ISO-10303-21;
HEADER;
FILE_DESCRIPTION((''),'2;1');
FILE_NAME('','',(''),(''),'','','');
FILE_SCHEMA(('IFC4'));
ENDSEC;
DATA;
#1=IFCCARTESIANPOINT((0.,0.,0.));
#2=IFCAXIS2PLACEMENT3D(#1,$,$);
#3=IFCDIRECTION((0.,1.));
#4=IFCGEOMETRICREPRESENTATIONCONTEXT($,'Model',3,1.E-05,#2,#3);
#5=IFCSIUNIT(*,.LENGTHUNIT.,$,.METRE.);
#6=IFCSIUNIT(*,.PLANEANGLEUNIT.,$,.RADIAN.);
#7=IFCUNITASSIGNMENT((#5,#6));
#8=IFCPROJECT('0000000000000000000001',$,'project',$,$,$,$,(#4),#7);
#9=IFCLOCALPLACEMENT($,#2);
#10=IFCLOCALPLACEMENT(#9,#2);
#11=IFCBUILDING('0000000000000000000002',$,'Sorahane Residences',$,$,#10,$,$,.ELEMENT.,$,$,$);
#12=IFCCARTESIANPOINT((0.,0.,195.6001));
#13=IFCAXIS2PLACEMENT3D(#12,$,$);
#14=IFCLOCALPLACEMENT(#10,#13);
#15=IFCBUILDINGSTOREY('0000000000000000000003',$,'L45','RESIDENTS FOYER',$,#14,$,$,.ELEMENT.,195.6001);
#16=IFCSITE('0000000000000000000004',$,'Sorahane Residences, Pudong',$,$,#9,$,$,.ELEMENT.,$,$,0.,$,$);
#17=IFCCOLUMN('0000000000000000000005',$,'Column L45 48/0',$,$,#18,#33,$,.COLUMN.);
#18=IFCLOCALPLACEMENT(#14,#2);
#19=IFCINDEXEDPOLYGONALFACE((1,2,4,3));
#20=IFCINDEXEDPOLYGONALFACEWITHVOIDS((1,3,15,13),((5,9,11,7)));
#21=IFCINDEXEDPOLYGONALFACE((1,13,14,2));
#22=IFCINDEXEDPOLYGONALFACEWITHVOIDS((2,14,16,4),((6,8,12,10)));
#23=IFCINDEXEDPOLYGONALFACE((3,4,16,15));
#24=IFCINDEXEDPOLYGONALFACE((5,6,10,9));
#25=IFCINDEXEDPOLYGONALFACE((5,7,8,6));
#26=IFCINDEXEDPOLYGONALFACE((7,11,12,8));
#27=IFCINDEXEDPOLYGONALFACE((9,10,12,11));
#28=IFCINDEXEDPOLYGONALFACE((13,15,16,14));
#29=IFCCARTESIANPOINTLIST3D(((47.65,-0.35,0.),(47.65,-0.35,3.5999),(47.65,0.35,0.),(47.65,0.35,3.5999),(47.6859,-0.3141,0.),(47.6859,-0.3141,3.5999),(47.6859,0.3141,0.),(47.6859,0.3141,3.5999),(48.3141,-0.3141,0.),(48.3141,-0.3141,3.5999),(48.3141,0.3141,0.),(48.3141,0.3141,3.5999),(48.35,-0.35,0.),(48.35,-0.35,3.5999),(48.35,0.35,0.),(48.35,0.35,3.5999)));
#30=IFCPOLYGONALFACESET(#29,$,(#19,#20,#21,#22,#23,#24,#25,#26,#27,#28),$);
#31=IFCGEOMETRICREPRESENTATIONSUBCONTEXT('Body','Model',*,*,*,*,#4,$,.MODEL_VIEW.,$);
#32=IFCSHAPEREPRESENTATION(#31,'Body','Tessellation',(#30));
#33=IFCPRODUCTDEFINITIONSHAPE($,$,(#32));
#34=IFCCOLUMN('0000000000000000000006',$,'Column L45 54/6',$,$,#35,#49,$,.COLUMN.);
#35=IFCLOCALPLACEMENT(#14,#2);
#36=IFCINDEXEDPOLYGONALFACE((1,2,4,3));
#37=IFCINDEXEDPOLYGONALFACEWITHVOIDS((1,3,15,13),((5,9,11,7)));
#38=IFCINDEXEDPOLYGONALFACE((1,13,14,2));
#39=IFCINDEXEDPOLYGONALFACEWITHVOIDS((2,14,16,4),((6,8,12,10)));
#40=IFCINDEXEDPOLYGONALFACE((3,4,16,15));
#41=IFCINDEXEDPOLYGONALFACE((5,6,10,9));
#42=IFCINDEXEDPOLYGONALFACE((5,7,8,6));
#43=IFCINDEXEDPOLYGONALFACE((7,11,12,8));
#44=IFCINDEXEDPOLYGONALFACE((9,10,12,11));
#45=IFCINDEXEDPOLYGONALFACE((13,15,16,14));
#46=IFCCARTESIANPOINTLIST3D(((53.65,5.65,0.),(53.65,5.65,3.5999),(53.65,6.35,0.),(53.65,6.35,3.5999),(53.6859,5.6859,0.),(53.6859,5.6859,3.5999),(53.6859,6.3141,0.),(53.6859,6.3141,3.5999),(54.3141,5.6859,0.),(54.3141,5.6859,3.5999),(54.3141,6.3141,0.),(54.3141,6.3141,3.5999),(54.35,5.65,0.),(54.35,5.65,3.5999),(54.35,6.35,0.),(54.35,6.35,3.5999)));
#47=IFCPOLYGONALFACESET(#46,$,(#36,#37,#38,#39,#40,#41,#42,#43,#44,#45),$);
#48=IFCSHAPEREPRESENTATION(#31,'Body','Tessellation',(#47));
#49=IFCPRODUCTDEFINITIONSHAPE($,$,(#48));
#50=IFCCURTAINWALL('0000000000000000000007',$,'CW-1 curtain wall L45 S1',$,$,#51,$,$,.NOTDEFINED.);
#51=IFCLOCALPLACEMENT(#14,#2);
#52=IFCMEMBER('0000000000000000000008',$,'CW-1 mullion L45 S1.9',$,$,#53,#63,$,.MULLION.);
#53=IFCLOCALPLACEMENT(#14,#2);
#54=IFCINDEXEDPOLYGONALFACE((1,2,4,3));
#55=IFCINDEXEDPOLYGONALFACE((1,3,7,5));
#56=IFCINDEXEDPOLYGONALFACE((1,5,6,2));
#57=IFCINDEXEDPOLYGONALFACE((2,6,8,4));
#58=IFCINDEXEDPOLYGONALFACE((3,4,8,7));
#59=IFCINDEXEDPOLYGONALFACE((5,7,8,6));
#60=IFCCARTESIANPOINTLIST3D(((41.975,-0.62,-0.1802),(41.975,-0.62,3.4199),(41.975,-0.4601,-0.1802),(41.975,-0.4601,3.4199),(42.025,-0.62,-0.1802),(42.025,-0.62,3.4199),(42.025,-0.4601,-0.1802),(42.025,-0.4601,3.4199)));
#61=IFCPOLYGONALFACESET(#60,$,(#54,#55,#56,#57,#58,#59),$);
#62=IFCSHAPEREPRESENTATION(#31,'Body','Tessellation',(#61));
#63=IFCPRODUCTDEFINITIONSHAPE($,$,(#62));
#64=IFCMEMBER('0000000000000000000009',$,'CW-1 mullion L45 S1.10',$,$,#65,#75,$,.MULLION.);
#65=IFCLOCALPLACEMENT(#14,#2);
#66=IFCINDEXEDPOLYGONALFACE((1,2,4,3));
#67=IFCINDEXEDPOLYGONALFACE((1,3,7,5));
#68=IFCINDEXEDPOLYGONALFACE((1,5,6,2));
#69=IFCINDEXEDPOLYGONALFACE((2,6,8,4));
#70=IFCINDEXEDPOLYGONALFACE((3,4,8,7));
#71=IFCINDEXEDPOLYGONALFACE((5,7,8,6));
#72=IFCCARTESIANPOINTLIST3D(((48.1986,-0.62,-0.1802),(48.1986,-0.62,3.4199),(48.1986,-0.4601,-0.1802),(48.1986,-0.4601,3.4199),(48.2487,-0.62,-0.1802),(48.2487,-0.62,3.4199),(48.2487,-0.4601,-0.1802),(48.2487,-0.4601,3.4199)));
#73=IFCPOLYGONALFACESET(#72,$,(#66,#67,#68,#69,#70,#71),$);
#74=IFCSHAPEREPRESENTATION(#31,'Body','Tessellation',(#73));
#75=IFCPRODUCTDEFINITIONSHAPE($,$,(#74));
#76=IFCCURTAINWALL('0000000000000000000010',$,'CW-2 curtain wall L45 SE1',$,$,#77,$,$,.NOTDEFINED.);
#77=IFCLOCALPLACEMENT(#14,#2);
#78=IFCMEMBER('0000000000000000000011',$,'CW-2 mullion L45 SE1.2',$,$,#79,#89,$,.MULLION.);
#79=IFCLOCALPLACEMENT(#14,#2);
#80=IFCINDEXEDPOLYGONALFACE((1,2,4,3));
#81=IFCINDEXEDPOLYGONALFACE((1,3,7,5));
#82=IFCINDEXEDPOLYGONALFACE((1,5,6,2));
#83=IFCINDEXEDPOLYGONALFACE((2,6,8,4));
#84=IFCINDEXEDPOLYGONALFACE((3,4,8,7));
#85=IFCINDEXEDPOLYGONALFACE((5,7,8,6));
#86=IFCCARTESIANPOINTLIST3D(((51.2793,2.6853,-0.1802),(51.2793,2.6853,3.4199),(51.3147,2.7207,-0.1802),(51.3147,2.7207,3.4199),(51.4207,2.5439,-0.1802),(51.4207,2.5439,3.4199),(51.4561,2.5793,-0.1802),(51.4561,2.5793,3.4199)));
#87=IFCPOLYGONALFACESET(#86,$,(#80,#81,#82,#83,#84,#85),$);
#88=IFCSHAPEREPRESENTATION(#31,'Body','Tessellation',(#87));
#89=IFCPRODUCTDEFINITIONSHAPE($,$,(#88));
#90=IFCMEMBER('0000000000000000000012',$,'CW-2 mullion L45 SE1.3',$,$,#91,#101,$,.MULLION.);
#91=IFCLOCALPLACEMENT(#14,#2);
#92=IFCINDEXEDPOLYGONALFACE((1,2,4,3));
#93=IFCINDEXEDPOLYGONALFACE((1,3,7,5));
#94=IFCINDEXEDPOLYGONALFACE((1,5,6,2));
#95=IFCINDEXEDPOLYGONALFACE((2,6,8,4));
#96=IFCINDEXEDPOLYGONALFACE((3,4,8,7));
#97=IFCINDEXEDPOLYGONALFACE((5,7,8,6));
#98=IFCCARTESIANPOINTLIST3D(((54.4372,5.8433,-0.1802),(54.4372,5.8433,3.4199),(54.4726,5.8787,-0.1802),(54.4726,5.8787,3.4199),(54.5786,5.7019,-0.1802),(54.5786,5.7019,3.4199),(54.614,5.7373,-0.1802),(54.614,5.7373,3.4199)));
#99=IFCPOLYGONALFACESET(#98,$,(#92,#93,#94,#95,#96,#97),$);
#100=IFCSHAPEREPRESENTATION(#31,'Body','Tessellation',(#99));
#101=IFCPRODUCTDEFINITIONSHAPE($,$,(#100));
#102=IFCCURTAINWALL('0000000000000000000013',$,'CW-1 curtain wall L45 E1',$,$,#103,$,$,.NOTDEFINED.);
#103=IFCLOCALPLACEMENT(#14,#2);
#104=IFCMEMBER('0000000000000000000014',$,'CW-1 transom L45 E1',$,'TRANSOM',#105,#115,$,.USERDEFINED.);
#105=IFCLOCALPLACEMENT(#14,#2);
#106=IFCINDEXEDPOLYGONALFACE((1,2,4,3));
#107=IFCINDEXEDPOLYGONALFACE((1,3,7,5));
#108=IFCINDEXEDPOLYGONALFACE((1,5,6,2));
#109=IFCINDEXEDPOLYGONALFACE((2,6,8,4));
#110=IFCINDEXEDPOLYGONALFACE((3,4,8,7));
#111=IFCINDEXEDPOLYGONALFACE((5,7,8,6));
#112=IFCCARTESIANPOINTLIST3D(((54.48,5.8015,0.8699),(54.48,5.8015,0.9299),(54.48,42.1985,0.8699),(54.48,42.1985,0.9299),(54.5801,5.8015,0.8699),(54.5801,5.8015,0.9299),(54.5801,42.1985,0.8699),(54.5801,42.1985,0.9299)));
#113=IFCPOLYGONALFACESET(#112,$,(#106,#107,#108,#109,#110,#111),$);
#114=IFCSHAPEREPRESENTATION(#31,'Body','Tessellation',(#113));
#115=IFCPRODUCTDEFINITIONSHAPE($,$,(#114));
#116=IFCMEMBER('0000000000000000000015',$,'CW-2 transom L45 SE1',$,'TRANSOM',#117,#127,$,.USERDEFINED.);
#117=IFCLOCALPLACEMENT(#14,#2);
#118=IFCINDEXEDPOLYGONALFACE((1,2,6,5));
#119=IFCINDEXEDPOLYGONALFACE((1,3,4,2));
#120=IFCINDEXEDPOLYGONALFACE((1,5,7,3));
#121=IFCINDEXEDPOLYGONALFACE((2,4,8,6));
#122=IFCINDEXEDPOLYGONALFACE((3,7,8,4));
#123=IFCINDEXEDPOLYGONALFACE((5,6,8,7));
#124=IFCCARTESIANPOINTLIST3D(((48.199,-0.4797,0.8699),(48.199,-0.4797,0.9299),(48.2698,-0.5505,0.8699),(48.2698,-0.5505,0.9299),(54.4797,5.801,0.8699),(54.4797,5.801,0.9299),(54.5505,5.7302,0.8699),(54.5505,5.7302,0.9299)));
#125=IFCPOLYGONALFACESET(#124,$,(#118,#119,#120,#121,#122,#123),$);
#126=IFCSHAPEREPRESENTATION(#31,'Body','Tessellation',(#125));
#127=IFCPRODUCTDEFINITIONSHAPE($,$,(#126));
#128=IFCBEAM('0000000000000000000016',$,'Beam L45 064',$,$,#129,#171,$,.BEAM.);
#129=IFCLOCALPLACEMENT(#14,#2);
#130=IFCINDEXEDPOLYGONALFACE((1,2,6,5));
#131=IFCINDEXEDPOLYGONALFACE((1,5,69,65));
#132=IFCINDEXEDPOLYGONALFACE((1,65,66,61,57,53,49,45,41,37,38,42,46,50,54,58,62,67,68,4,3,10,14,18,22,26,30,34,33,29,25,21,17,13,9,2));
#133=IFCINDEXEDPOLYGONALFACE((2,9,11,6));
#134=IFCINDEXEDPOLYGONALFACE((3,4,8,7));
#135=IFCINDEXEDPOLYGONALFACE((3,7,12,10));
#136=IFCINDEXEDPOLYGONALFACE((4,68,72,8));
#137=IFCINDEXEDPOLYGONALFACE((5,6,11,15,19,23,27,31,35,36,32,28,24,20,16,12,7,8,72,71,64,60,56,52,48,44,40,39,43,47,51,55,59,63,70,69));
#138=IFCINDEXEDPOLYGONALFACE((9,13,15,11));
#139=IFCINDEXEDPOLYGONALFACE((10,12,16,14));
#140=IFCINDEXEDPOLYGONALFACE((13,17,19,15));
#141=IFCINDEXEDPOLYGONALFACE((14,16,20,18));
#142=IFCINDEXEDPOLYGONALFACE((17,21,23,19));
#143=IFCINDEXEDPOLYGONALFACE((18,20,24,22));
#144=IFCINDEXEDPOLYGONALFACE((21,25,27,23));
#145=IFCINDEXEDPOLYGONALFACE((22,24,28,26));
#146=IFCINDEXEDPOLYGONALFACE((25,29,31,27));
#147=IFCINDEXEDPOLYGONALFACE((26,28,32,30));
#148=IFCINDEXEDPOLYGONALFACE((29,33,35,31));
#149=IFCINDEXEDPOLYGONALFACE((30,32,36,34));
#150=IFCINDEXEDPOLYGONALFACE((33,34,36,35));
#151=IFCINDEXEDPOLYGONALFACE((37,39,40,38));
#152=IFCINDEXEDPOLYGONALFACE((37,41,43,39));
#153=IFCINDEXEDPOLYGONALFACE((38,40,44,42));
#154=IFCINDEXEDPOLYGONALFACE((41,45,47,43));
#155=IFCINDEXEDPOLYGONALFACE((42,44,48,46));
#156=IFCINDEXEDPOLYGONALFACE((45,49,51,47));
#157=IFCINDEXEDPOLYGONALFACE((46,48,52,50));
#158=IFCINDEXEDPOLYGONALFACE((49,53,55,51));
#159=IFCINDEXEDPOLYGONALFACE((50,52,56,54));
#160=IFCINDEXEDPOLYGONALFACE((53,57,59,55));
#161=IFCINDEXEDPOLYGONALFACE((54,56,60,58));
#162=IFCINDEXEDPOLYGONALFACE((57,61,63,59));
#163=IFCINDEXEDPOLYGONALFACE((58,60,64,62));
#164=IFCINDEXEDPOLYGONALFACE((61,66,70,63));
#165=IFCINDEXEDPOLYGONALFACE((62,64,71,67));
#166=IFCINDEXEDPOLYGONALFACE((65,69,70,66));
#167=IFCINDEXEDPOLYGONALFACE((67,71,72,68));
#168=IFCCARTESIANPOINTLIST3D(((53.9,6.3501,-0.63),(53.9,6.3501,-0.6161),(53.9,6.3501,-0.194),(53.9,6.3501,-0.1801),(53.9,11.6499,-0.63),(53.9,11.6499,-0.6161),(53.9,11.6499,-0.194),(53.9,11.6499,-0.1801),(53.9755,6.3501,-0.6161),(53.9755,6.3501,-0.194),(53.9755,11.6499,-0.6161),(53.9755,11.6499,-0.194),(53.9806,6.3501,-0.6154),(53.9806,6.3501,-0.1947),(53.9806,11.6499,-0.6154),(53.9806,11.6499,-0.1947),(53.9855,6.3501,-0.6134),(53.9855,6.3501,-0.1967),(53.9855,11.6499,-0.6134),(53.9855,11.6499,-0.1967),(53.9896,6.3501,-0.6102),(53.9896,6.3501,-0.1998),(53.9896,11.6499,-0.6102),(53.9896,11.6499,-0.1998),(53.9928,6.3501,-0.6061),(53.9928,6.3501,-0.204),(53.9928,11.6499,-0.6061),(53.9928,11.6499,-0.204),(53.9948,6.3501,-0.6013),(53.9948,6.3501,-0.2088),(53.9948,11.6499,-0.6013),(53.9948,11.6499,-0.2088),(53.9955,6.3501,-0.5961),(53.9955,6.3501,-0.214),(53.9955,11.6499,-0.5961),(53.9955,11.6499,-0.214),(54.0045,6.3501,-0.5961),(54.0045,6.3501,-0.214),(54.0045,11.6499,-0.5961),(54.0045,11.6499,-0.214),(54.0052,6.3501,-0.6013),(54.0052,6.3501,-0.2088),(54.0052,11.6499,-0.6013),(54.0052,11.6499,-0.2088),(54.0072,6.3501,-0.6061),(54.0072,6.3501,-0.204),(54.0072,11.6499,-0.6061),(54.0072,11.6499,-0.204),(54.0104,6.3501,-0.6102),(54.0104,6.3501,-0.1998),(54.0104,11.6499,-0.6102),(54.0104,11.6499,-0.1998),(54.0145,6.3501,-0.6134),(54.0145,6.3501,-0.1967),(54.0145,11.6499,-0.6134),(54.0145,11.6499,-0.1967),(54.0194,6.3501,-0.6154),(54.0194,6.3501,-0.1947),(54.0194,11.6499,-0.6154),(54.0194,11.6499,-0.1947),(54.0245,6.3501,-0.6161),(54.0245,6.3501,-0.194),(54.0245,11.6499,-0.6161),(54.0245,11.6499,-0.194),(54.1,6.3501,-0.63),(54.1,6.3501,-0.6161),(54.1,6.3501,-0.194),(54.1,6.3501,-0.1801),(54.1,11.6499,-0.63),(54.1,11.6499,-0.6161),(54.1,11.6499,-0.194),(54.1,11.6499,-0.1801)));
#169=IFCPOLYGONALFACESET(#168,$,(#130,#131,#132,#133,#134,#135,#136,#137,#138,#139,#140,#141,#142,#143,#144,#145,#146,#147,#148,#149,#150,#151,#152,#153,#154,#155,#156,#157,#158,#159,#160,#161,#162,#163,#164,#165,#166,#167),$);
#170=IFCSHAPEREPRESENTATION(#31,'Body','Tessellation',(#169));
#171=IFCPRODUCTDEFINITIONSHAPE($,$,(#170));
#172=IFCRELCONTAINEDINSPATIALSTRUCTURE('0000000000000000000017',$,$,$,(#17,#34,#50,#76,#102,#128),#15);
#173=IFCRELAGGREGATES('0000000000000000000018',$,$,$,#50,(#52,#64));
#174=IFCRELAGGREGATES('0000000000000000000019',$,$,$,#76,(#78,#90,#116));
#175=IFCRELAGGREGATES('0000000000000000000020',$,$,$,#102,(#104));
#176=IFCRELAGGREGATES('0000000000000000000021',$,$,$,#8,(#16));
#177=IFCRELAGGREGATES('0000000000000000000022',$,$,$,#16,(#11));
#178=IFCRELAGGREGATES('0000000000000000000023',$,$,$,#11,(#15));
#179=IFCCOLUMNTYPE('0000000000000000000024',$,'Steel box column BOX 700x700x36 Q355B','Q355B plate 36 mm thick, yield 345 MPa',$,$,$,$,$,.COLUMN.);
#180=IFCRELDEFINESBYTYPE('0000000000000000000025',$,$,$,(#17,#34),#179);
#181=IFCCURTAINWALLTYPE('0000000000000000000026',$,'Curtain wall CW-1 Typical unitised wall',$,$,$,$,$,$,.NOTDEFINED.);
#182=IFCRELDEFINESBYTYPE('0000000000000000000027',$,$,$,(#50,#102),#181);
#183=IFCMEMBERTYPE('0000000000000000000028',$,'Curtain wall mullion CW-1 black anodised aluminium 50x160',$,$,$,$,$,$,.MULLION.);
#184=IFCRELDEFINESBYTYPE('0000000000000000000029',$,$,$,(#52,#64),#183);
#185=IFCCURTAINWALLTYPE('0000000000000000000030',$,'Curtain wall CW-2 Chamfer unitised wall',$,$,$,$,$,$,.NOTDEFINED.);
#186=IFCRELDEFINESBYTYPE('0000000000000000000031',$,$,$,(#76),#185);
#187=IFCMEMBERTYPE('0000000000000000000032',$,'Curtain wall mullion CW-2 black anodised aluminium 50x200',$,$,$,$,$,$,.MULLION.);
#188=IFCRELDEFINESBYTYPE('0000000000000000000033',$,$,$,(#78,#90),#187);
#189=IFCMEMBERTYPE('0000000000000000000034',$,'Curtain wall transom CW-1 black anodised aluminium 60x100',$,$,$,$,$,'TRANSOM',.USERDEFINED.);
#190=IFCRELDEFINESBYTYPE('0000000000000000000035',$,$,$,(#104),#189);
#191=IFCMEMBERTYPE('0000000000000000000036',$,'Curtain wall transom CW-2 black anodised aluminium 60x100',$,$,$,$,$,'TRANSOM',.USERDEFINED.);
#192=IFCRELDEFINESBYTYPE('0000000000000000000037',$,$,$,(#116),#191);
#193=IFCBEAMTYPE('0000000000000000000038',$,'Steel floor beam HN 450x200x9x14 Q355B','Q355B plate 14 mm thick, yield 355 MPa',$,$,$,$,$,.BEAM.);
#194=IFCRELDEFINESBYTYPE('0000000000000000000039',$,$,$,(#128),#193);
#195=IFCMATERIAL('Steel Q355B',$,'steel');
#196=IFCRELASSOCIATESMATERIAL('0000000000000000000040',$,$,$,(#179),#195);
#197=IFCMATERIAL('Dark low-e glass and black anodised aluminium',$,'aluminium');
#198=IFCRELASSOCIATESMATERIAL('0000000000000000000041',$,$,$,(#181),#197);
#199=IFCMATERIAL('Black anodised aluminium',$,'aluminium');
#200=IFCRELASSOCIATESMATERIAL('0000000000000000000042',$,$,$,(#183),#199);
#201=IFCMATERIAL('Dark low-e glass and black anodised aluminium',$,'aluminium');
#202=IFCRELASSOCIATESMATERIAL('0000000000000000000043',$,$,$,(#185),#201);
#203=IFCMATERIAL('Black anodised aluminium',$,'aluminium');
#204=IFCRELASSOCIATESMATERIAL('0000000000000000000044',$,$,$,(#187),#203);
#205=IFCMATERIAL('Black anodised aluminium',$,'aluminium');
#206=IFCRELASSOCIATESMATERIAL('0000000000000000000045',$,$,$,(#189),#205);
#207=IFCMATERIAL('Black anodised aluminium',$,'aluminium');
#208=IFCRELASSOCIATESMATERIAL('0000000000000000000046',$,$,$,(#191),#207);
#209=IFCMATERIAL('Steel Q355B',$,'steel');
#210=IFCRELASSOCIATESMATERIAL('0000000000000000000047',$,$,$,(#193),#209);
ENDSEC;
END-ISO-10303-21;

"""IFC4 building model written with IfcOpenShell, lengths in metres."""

from ifc_helpers import new_model, si_unit, direction, frame, origin, origin_2d, place, context, subcontext, project, spatial, rectangle, hollow_rectangle, i_section, extrude, material, material_profile, profile_set, type_object, element, aggregate, save


model = new_model("IFC4")

# Units and contexts
model_context = context("Model", 3, precision=1e-05, world=origin(), true_north=direction((0.0, 1.0)))
body_context = subcontext(model_context, "Body", "Model", "MODEL_VIEW")
ifc_project = project(units=[si_unit("LENGTHUNIT", "METRE"), si_unit("PLANEANGLEUNIT", "RADIAN")], contexts=[model_context])

# Site, building, storey
site_placement = place(None, origin())
site = spatial("IfcSite", under=ifc_project, at=site_placement, Name="Sorahane Residences, Pudong", CompositionType="ELEMENT", RefElevation=0.0)
building_placement = place(site_placement, origin())
building = spatial("IfcBuilding", under=site, at=building_placement, Name="Sorahane Residences", CompositionType="ELEMENT")
storey_placement = place(building_placement, frame((0.0, 0.0, 195.6001)))
storey = spatial("IfcBuildingStorey", under=building, at=storey_placement, Name="L45", Description="RESIDENTS FOYER", CompositionType="ELEMENT", Elevation=195.6001)

# Columns
ifc_material_1 = material(Name="Steel Q355B", Category="steel")
ifc_material_profile_1 = material_profile(ifc_material_1, hollow_rectangle(XDim=0.7, YDim=0.7, WallThickness=0.0359, at=origin_2d()), Name="BOX 700x700x36")
ifc_profile_set_1 = profile_set([ifc_material_profile_1], Name="Steel Q355B")
column_type = type_object("IfcColumnType", Name="Steel box column BOX 700x700x36 Q355B", Description="Q355B plate 36 mm thick, yield 345 MPa", PredefinedType="COLUMN", material=ifc_profile_set_1)
for number, where, z_axis, x_axis, name in (
    (1, (48.0, 0.0, 0.0), (0.0, 0.0, 1.0), (1.0, 0.0, 0.0), "Column L45 48/0"),
    (2, (54.0, 6.0, 0.0), (0.0, 0.0, 1.0), (1.0, 0.0, 0.0), "Column L45 54/6"),
):
    element("IfcColumn", number, at=place(storey_placement, frame(where, z_axis=z_axis, x_axis=x_axis)), inside=storey, type_object=column_type, Name=name, PredefinedType="COLUMN", context=body_context, shape_type="SweptSolid", body=[
        extrude(hollow_rectangle(XDim=0.7, YDim=0.7, WallThickness=0.0359, at=origin_2d()), origin(), (0.0, 0.0, 1.0), 3.5999),
    ])

# Curtain walls, members
ifc_material_2 = material(Name="Dark low-e glass and black anodised aluminium", Category="aluminium")
curtain_wall_type_1 = type_object("IfcCurtainWallType", Name="Curtain wall CW-1 Typical unitised wall", PredefinedType="NOTDEFINED", material=ifc_material_2)
curtain_wall_1_placement = place(storey_placement, origin())
curtain_wall_1 = element("IfcCurtainWall", 3, at=curtain_wall_1_placement, inside=storey, type_object=curtain_wall_type_1, Name="CW-1 curtain wall L45 S1", PredefinedType="NOTDEFINED")
ifc_material_3 = material(Name="Black anodised aluminium", Category="aluminium")
ifc_material_profile_2 = material_profile(ifc_material_3, rectangle(XDim=0.1599, YDim=0.05, at=origin_2d()), Name="Curtain wall mullion CW-1 black anodised aluminium 50x160")
ifc_profile_set_2 = profile_set([ifc_material_profile_2], Name="Black anodised aluminium")
member_type_1 = type_object("IfcMemberType", Name="Curtain wall mullion CW-1 black anodised aluminium 50x160", PredefinedType="MULLION", material=ifc_profile_set_2)
member_1_placement = place(storey_placement, frame((42.0, -0.54, -0.1802), z_axis=(0.0, 0.0, 1.0), x_axis=(0.0, -1.0, 0.0)))
member_1 = element("IfcMember", 4, at=member_1_placement, type_object=member_type_1, Name="CW-1 mullion L45 S1.9", PredefinedType="MULLION", context=body_context, shape_type="SweptSolid", body=[
    extrude(rectangle(XDim=0.1599, YDim=0.05, at=origin_2d()), origin(), (0.0, 0.0, 1.0), 3.6001),
])
member_2_placement = place(storey_placement, frame((48.2236, -0.54, -0.1802), z_axis=(0.0, 0.0, 1.0), x_axis=(0.0, -1.0, 0.0)))
member_2 = element("IfcMember", 5, at=member_2_placement, type_object=member_type_1, Name="CW-1 mullion L45 S1.10", PredefinedType="MULLION", context=body_context, shape_type="SweptSolid", body=[
    extrude(rectangle(XDim=0.1599, YDim=0.05, at=origin_2d()), origin(), (0.0, 0.0, 1.0), 3.6001),
])
ifc_material_4 = material(Name="Dark low-e glass and black anodised aluminium", Category="aluminium")
curtain_wall_type_2 = type_object("IfcCurtainWallType", Name="Curtain wall CW-2 Chamfer unitised wall", PredefinedType="NOTDEFINED", material=ifc_material_4)
curtain_wall_2_placement = place(storey_placement, origin())
curtain_wall_2 = element("IfcCurtainWall", 6, at=curtain_wall_2_placement, inside=storey, type_object=curtain_wall_type_2, Name="CW-2 curtain wall L45 SE1", PredefinedType="NOTDEFINED")
ifc_material_5 = material(Name="Black anodised aluminium", Category="aluminium")
ifc_material_profile_3 = material_profile(ifc_material_5, rectangle(XDim=0.2, YDim=0.05, at=origin_2d()), Name="Curtain wall mullion CW-2 black anodised aluminium 50x200")
ifc_profile_set_3 = profile_set([ifc_material_profile_3], Name="Black anodised aluminium")
member_type_2 = type_object("IfcMemberType", Name="Curtain wall mullion CW-2 black anodised aluminium 50x200", PredefinedType="MULLION", material=ifc_profile_set_3)
member_3_placement = place(storey_placement, frame((51.3677, 2.6323, -0.1802), z_axis=(0.0, 0.0, 1.0), x_axis=(0.707107, -0.707107, 0.0)))
member_3 = element("IfcMember", 7, at=member_3_placement, type_object=member_type_2, Name="CW-2 mullion L45 SE1.2", PredefinedType="MULLION", context=body_context, shape_type="SweptSolid", body=[
    extrude(rectangle(XDim=0.2, YDim=0.05, at=origin_2d()), origin(), (0.0, 0.0, 1.0), 3.6001),
])
member_4_placement = place(storey_placement, frame((54.5256, 5.7903, -0.1802), z_axis=(0.0, 0.0, 1.0), x_axis=(0.707107, -0.707107, 0.0)))
member_4 = element("IfcMember", 8, at=member_4_placement, type_object=member_type_2, Name="CW-2 mullion L45 SE1.3", PredefinedType="MULLION", context=body_context, shape_type="SweptSolid", body=[
    extrude(rectangle(XDim=0.2, YDim=0.05, at=origin_2d()), origin(), (0.0, 0.0, 1.0), 3.6001),
])

# Curtain wall, member
curtain_wall_3_placement = place(storey_placement, origin())
curtain_wall_3 = element("IfcCurtainWall", 9, at=curtain_wall_3_placement, inside=storey, type_object=curtain_wall_type_1, Name="CW-1 curtain wall L45 E1", PredefinedType="NOTDEFINED")
ifc_material_6 = material(Name="Black anodised aluminium", Category="aluminium")
ifc_material_profile_4 = material_profile(ifc_material_6, rectangle(XDim=0.1001, YDim=0.0601, at=origin_2d()), Name="Curtain wall transom CW-1 black anodised aluminium 60x100")
ifc_profile_set_4 = profile_set([ifc_material_profile_4], Name="Black anodised aluminium")
member_type_3 = type_object("IfcMemberType", Name="Curtain wall transom CW-1 black anodised aluminium 60x100", ElementType="TRANSOM", PredefinedType="USERDEFINED", material=ifc_profile_set_4)
member_5_placement = place(storey_placement, frame((54.53, 5.8015, 0.8999), z_axis=(0.0, 1.0, 0.0), x_axis=(-1.0, 0.0, 0.0)))
member_5 = element("IfcMember", 10, at=member_5_placement, type_object=member_type_3, Name="CW-1 transom L45 E1", ObjectType="TRANSOM", PredefinedType="USERDEFINED", context=body_context, shape_type="SweptSolid", body=[
    extrude(rectangle(XDim=0.1001, YDim=0.0601, at=origin_2d()), origin(), (0.0, 0.0, 1.0), 36.397),
])

# Member
ifc_material_7 = material(Name="Black anodised aluminium", Category="aluminium")
ifc_material_profile_5 = material_profile(ifc_material_7, rectangle(XDim=0.1001, YDim=0.0601, at=origin_2d()), Name="Curtain wall transom CW-2 black anodised aluminium 60x100")
ifc_profile_set_5 = profile_set([ifc_material_profile_5], Name="Black anodised aluminium")
member_type_4 = type_object("IfcMemberType", Name="Curtain wall transom CW-2 black anodised aluminium 60x100", ElementType="TRANSOM", PredefinedType="USERDEFINED", material=ifc_profile_set_5)
member_6_placement = place(storey_placement, frame((48.2344, -0.5151, 0.8999), z_axis=(0.707107, 0.707107, 0.0), x_axis=(-0.707107, 0.707107, 0.0)))
member_6 = element("IfcMember", 11, at=member_6_placement, type_object=member_type_4, Name="CW-2 transom L45 SE1", ObjectType="TRANSOM", PredefinedType="USERDEFINED", context=body_context, shape_type="SweptSolid", body=[
    extrude(rectangle(XDim=0.1001, YDim=0.0601, at=origin_2d()), origin(), (0.0, 0.0, 1.0), 8.8823),
])

# Beam
ifc_material_8 = material(Name="Steel Q355B", Category="steel")
ifc_material_profile_6 = material_profile(ifc_material_8, i_section(OverallWidth=0.2, OverallDepth=0.45, WebThickness=0.009, FlangeThickness=0.0139, FilletRadius=0.02, at=origin_2d()), Name="HN 450x200x9x14")
ifc_profile_set_6 = profile_set([ifc_material_profile_6], Name="Steel Q355B")
beam_type_1 = type_object("IfcBeamType", Name="Steel floor beam HN 450x200x9x14 Q355B", Description="Q355B plate 14 mm thick, yield 355 MPa", PredefinedType="BEAM", material=ifc_profile_set_6)
beam_1_placement = place(storey_placement, frame((54.0, 6.3501, -0.405), z_axis=(0.0, 1.0, 0.0), x_axis=(-1.0, 0.0, 0.0)))
element("IfcBeam", 12, at=beam_1_placement, inside=storey, type_object=beam_type_1, Name="Beam L45 064", PredefinedType="BEAM", context=body_context, shape_type="SweptSolid", body=[
    extrude(i_section(OverallWidth=0.2, OverallDepth=0.45, WebThickness=0.009, FlangeThickness=0.0139, FilletRadius=0.02, at=origin_2d()), origin(), (0.0, 0.0, 1.0), 5.2998),
])

aggregate(curtain_wall_1, [member_1, member_2])
aggregate(curtain_wall_2, [member_3, member_4, member_6])
aggregate(curtain_wall_3, [member_5])

save(model, "model.ifc")
